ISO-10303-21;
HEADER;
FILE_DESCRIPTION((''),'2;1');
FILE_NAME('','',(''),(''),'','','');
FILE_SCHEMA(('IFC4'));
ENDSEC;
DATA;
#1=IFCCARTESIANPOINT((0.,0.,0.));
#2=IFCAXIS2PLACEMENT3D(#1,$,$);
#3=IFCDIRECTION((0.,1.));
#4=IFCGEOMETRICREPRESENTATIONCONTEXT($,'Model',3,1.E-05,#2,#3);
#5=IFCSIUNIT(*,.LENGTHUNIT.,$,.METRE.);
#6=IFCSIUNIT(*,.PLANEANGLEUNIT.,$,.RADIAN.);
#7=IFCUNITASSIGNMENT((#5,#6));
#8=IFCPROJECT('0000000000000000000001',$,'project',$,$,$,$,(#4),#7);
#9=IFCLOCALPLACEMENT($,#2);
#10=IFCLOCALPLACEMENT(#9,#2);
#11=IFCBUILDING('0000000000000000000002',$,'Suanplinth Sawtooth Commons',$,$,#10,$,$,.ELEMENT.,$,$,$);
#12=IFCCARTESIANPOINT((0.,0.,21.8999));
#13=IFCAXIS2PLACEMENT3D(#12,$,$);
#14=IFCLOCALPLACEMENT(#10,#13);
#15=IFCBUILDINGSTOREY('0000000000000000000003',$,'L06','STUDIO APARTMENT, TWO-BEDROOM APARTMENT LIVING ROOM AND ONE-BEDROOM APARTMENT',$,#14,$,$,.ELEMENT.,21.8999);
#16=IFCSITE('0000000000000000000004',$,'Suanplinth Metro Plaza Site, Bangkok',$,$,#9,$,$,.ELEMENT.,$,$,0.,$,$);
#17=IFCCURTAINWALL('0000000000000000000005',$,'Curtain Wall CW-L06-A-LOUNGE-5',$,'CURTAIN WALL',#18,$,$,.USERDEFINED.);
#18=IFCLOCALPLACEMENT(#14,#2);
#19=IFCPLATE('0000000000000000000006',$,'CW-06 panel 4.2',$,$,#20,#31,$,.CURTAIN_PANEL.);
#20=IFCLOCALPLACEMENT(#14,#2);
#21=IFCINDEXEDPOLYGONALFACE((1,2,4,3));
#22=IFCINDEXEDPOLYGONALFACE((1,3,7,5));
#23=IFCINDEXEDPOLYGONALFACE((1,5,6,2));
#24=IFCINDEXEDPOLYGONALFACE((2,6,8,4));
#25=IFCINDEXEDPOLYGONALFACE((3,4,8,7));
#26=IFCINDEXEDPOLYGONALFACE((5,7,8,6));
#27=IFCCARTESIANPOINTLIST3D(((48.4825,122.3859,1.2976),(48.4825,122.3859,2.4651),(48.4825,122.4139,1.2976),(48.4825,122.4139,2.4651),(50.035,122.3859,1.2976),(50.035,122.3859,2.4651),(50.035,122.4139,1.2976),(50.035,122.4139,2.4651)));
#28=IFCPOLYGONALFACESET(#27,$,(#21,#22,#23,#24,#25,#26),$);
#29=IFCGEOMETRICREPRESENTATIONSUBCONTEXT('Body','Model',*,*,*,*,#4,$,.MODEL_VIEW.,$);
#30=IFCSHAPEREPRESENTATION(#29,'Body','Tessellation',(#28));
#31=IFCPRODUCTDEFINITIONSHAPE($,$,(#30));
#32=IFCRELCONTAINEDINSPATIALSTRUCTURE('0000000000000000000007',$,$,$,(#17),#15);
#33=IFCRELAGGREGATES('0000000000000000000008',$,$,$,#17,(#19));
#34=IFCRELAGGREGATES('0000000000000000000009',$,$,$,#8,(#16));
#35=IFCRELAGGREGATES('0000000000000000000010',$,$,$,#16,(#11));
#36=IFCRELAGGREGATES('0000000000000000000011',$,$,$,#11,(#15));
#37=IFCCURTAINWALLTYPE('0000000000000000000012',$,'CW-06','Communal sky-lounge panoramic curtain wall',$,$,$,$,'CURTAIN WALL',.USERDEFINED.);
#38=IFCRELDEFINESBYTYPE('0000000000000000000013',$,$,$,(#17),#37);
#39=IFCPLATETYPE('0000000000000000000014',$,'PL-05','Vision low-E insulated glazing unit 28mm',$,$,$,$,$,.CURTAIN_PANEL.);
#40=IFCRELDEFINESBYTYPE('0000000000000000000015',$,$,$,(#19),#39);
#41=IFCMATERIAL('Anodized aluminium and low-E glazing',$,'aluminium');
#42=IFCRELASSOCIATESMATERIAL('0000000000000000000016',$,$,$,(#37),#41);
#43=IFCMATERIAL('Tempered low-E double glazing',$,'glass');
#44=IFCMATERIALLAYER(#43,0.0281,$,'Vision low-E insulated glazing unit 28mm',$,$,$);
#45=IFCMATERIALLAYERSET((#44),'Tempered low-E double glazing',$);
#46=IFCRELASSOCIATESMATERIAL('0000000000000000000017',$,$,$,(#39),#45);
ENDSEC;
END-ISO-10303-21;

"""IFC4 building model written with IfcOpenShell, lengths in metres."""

from ifc_helpers import new_model, si_unit, direction, frame, origin, origin_2d, place, context, subcontext, project, spatial, rectangle, extrude, material, layer, layer_set, type_object, element, aggregate, save


model = new_model("IFC4")

# Units and contexts
model_context = context("Model", 3, precision=1e-05, world=origin(), true_north=direction((0.0, 1.0)))
body_context = subcontext(model_context, "Body", "Model", "MODEL_VIEW")
ifc_project = project(units=[si_unit("LENGTHUNIT", "METRE"), si_unit("PLANEANGLEUNIT", "RADIAN")], contexts=[model_context])

# Site, building, storey
site_placement = place(None, origin())
site = spatial("IfcSite", under=ifc_project, at=site_placement, Name="Suanplinth Metro Plaza Site, Bangkok", CompositionType="ELEMENT", RefElevation=0.0)
building_placement = place(site_placement, origin())
building = spatial("IfcBuilding", under=site, at=building_placement, Name="Suanplinth Sawtooth Commons", CompositionType="ELEMENT")
storey_placement = place(building_placement, frame((0.0, 0.0, 21.8999)))
storey = spatial("IfcBuildingStorey", under=building, at=storey_placement, Name="L06", Description="STUDIO APARTMENT, TWO-BEDROOM APARTMENT LIVING ROOM AND ONE-BEDROOM APARTMENT", CompositionType="ELEMENT", Elevation=21.8999)

# Curtain wall
ifc_material_1 = material(Name="Anodized aluminium and low-E glazing", Category="aluminium")
curtain_wall_type = type_object("IfcCurtainWallType", Name="CW-06", Description="Communal sky-lounge panoramic curtain wall", ElementType="CURTAIN WALL", PredefinedType="USERDEFINED", material=ifc_material_1)
curtain_wall_placement = place(storey_placement, origin())
curtain_wall = element("IfcCurtainWall", 1, at=curtain_wall_placement, inside=storey, type_object=curtain_wall_type, Name="Curtain Wall CW-L06-A-LOUNGE-5", ObjectType="CURTAIN WALL", PredefinedType="USERDEFINED")

# Plate
ifc_material_2 = material(Name="Tempered low-E double glazing", Category="glass")
ifc_layer_1 = layer(ifc_material_2, 0.0281, Name="Vision low-E insulated glazing unit 28mm")
ifc_layer_set_1 = layer_set([ifc_layer_1], Name="Tempered low-E double glazing")
plate_type_1 = type_object("IfcPlateType", Name="PL-05", Description="Vision low-E insulated glazing unit 28mm", PredefinedType="CURTAIN_PANEL", material=ifc_layer_set_1)
plate_1_placement = place(storey_placement, frame((49.2588, 122.3999, 1.2976), z_axis=(0.0, 0.0, 1.0), x_axis=(1.0, 0.0, 0.0)))
plate_1 = element("IfcPlate", 2, at=plate_1_placement, type_object=plate_type_1, Name="CW-06 panel 4.2", PredefinedType="CURTAIN_PANEL", context=body_context, shape_type="SweptSolid", body=[
    extrude(rectangle(XDim=1.5525, YDim=0.0281, at=origin_2d()), origin(), (0.0, 0.0, 1.0), 1.1675),
])
aggregate(curtain_wall, [plate_1])

save(model, "model.ifc")
